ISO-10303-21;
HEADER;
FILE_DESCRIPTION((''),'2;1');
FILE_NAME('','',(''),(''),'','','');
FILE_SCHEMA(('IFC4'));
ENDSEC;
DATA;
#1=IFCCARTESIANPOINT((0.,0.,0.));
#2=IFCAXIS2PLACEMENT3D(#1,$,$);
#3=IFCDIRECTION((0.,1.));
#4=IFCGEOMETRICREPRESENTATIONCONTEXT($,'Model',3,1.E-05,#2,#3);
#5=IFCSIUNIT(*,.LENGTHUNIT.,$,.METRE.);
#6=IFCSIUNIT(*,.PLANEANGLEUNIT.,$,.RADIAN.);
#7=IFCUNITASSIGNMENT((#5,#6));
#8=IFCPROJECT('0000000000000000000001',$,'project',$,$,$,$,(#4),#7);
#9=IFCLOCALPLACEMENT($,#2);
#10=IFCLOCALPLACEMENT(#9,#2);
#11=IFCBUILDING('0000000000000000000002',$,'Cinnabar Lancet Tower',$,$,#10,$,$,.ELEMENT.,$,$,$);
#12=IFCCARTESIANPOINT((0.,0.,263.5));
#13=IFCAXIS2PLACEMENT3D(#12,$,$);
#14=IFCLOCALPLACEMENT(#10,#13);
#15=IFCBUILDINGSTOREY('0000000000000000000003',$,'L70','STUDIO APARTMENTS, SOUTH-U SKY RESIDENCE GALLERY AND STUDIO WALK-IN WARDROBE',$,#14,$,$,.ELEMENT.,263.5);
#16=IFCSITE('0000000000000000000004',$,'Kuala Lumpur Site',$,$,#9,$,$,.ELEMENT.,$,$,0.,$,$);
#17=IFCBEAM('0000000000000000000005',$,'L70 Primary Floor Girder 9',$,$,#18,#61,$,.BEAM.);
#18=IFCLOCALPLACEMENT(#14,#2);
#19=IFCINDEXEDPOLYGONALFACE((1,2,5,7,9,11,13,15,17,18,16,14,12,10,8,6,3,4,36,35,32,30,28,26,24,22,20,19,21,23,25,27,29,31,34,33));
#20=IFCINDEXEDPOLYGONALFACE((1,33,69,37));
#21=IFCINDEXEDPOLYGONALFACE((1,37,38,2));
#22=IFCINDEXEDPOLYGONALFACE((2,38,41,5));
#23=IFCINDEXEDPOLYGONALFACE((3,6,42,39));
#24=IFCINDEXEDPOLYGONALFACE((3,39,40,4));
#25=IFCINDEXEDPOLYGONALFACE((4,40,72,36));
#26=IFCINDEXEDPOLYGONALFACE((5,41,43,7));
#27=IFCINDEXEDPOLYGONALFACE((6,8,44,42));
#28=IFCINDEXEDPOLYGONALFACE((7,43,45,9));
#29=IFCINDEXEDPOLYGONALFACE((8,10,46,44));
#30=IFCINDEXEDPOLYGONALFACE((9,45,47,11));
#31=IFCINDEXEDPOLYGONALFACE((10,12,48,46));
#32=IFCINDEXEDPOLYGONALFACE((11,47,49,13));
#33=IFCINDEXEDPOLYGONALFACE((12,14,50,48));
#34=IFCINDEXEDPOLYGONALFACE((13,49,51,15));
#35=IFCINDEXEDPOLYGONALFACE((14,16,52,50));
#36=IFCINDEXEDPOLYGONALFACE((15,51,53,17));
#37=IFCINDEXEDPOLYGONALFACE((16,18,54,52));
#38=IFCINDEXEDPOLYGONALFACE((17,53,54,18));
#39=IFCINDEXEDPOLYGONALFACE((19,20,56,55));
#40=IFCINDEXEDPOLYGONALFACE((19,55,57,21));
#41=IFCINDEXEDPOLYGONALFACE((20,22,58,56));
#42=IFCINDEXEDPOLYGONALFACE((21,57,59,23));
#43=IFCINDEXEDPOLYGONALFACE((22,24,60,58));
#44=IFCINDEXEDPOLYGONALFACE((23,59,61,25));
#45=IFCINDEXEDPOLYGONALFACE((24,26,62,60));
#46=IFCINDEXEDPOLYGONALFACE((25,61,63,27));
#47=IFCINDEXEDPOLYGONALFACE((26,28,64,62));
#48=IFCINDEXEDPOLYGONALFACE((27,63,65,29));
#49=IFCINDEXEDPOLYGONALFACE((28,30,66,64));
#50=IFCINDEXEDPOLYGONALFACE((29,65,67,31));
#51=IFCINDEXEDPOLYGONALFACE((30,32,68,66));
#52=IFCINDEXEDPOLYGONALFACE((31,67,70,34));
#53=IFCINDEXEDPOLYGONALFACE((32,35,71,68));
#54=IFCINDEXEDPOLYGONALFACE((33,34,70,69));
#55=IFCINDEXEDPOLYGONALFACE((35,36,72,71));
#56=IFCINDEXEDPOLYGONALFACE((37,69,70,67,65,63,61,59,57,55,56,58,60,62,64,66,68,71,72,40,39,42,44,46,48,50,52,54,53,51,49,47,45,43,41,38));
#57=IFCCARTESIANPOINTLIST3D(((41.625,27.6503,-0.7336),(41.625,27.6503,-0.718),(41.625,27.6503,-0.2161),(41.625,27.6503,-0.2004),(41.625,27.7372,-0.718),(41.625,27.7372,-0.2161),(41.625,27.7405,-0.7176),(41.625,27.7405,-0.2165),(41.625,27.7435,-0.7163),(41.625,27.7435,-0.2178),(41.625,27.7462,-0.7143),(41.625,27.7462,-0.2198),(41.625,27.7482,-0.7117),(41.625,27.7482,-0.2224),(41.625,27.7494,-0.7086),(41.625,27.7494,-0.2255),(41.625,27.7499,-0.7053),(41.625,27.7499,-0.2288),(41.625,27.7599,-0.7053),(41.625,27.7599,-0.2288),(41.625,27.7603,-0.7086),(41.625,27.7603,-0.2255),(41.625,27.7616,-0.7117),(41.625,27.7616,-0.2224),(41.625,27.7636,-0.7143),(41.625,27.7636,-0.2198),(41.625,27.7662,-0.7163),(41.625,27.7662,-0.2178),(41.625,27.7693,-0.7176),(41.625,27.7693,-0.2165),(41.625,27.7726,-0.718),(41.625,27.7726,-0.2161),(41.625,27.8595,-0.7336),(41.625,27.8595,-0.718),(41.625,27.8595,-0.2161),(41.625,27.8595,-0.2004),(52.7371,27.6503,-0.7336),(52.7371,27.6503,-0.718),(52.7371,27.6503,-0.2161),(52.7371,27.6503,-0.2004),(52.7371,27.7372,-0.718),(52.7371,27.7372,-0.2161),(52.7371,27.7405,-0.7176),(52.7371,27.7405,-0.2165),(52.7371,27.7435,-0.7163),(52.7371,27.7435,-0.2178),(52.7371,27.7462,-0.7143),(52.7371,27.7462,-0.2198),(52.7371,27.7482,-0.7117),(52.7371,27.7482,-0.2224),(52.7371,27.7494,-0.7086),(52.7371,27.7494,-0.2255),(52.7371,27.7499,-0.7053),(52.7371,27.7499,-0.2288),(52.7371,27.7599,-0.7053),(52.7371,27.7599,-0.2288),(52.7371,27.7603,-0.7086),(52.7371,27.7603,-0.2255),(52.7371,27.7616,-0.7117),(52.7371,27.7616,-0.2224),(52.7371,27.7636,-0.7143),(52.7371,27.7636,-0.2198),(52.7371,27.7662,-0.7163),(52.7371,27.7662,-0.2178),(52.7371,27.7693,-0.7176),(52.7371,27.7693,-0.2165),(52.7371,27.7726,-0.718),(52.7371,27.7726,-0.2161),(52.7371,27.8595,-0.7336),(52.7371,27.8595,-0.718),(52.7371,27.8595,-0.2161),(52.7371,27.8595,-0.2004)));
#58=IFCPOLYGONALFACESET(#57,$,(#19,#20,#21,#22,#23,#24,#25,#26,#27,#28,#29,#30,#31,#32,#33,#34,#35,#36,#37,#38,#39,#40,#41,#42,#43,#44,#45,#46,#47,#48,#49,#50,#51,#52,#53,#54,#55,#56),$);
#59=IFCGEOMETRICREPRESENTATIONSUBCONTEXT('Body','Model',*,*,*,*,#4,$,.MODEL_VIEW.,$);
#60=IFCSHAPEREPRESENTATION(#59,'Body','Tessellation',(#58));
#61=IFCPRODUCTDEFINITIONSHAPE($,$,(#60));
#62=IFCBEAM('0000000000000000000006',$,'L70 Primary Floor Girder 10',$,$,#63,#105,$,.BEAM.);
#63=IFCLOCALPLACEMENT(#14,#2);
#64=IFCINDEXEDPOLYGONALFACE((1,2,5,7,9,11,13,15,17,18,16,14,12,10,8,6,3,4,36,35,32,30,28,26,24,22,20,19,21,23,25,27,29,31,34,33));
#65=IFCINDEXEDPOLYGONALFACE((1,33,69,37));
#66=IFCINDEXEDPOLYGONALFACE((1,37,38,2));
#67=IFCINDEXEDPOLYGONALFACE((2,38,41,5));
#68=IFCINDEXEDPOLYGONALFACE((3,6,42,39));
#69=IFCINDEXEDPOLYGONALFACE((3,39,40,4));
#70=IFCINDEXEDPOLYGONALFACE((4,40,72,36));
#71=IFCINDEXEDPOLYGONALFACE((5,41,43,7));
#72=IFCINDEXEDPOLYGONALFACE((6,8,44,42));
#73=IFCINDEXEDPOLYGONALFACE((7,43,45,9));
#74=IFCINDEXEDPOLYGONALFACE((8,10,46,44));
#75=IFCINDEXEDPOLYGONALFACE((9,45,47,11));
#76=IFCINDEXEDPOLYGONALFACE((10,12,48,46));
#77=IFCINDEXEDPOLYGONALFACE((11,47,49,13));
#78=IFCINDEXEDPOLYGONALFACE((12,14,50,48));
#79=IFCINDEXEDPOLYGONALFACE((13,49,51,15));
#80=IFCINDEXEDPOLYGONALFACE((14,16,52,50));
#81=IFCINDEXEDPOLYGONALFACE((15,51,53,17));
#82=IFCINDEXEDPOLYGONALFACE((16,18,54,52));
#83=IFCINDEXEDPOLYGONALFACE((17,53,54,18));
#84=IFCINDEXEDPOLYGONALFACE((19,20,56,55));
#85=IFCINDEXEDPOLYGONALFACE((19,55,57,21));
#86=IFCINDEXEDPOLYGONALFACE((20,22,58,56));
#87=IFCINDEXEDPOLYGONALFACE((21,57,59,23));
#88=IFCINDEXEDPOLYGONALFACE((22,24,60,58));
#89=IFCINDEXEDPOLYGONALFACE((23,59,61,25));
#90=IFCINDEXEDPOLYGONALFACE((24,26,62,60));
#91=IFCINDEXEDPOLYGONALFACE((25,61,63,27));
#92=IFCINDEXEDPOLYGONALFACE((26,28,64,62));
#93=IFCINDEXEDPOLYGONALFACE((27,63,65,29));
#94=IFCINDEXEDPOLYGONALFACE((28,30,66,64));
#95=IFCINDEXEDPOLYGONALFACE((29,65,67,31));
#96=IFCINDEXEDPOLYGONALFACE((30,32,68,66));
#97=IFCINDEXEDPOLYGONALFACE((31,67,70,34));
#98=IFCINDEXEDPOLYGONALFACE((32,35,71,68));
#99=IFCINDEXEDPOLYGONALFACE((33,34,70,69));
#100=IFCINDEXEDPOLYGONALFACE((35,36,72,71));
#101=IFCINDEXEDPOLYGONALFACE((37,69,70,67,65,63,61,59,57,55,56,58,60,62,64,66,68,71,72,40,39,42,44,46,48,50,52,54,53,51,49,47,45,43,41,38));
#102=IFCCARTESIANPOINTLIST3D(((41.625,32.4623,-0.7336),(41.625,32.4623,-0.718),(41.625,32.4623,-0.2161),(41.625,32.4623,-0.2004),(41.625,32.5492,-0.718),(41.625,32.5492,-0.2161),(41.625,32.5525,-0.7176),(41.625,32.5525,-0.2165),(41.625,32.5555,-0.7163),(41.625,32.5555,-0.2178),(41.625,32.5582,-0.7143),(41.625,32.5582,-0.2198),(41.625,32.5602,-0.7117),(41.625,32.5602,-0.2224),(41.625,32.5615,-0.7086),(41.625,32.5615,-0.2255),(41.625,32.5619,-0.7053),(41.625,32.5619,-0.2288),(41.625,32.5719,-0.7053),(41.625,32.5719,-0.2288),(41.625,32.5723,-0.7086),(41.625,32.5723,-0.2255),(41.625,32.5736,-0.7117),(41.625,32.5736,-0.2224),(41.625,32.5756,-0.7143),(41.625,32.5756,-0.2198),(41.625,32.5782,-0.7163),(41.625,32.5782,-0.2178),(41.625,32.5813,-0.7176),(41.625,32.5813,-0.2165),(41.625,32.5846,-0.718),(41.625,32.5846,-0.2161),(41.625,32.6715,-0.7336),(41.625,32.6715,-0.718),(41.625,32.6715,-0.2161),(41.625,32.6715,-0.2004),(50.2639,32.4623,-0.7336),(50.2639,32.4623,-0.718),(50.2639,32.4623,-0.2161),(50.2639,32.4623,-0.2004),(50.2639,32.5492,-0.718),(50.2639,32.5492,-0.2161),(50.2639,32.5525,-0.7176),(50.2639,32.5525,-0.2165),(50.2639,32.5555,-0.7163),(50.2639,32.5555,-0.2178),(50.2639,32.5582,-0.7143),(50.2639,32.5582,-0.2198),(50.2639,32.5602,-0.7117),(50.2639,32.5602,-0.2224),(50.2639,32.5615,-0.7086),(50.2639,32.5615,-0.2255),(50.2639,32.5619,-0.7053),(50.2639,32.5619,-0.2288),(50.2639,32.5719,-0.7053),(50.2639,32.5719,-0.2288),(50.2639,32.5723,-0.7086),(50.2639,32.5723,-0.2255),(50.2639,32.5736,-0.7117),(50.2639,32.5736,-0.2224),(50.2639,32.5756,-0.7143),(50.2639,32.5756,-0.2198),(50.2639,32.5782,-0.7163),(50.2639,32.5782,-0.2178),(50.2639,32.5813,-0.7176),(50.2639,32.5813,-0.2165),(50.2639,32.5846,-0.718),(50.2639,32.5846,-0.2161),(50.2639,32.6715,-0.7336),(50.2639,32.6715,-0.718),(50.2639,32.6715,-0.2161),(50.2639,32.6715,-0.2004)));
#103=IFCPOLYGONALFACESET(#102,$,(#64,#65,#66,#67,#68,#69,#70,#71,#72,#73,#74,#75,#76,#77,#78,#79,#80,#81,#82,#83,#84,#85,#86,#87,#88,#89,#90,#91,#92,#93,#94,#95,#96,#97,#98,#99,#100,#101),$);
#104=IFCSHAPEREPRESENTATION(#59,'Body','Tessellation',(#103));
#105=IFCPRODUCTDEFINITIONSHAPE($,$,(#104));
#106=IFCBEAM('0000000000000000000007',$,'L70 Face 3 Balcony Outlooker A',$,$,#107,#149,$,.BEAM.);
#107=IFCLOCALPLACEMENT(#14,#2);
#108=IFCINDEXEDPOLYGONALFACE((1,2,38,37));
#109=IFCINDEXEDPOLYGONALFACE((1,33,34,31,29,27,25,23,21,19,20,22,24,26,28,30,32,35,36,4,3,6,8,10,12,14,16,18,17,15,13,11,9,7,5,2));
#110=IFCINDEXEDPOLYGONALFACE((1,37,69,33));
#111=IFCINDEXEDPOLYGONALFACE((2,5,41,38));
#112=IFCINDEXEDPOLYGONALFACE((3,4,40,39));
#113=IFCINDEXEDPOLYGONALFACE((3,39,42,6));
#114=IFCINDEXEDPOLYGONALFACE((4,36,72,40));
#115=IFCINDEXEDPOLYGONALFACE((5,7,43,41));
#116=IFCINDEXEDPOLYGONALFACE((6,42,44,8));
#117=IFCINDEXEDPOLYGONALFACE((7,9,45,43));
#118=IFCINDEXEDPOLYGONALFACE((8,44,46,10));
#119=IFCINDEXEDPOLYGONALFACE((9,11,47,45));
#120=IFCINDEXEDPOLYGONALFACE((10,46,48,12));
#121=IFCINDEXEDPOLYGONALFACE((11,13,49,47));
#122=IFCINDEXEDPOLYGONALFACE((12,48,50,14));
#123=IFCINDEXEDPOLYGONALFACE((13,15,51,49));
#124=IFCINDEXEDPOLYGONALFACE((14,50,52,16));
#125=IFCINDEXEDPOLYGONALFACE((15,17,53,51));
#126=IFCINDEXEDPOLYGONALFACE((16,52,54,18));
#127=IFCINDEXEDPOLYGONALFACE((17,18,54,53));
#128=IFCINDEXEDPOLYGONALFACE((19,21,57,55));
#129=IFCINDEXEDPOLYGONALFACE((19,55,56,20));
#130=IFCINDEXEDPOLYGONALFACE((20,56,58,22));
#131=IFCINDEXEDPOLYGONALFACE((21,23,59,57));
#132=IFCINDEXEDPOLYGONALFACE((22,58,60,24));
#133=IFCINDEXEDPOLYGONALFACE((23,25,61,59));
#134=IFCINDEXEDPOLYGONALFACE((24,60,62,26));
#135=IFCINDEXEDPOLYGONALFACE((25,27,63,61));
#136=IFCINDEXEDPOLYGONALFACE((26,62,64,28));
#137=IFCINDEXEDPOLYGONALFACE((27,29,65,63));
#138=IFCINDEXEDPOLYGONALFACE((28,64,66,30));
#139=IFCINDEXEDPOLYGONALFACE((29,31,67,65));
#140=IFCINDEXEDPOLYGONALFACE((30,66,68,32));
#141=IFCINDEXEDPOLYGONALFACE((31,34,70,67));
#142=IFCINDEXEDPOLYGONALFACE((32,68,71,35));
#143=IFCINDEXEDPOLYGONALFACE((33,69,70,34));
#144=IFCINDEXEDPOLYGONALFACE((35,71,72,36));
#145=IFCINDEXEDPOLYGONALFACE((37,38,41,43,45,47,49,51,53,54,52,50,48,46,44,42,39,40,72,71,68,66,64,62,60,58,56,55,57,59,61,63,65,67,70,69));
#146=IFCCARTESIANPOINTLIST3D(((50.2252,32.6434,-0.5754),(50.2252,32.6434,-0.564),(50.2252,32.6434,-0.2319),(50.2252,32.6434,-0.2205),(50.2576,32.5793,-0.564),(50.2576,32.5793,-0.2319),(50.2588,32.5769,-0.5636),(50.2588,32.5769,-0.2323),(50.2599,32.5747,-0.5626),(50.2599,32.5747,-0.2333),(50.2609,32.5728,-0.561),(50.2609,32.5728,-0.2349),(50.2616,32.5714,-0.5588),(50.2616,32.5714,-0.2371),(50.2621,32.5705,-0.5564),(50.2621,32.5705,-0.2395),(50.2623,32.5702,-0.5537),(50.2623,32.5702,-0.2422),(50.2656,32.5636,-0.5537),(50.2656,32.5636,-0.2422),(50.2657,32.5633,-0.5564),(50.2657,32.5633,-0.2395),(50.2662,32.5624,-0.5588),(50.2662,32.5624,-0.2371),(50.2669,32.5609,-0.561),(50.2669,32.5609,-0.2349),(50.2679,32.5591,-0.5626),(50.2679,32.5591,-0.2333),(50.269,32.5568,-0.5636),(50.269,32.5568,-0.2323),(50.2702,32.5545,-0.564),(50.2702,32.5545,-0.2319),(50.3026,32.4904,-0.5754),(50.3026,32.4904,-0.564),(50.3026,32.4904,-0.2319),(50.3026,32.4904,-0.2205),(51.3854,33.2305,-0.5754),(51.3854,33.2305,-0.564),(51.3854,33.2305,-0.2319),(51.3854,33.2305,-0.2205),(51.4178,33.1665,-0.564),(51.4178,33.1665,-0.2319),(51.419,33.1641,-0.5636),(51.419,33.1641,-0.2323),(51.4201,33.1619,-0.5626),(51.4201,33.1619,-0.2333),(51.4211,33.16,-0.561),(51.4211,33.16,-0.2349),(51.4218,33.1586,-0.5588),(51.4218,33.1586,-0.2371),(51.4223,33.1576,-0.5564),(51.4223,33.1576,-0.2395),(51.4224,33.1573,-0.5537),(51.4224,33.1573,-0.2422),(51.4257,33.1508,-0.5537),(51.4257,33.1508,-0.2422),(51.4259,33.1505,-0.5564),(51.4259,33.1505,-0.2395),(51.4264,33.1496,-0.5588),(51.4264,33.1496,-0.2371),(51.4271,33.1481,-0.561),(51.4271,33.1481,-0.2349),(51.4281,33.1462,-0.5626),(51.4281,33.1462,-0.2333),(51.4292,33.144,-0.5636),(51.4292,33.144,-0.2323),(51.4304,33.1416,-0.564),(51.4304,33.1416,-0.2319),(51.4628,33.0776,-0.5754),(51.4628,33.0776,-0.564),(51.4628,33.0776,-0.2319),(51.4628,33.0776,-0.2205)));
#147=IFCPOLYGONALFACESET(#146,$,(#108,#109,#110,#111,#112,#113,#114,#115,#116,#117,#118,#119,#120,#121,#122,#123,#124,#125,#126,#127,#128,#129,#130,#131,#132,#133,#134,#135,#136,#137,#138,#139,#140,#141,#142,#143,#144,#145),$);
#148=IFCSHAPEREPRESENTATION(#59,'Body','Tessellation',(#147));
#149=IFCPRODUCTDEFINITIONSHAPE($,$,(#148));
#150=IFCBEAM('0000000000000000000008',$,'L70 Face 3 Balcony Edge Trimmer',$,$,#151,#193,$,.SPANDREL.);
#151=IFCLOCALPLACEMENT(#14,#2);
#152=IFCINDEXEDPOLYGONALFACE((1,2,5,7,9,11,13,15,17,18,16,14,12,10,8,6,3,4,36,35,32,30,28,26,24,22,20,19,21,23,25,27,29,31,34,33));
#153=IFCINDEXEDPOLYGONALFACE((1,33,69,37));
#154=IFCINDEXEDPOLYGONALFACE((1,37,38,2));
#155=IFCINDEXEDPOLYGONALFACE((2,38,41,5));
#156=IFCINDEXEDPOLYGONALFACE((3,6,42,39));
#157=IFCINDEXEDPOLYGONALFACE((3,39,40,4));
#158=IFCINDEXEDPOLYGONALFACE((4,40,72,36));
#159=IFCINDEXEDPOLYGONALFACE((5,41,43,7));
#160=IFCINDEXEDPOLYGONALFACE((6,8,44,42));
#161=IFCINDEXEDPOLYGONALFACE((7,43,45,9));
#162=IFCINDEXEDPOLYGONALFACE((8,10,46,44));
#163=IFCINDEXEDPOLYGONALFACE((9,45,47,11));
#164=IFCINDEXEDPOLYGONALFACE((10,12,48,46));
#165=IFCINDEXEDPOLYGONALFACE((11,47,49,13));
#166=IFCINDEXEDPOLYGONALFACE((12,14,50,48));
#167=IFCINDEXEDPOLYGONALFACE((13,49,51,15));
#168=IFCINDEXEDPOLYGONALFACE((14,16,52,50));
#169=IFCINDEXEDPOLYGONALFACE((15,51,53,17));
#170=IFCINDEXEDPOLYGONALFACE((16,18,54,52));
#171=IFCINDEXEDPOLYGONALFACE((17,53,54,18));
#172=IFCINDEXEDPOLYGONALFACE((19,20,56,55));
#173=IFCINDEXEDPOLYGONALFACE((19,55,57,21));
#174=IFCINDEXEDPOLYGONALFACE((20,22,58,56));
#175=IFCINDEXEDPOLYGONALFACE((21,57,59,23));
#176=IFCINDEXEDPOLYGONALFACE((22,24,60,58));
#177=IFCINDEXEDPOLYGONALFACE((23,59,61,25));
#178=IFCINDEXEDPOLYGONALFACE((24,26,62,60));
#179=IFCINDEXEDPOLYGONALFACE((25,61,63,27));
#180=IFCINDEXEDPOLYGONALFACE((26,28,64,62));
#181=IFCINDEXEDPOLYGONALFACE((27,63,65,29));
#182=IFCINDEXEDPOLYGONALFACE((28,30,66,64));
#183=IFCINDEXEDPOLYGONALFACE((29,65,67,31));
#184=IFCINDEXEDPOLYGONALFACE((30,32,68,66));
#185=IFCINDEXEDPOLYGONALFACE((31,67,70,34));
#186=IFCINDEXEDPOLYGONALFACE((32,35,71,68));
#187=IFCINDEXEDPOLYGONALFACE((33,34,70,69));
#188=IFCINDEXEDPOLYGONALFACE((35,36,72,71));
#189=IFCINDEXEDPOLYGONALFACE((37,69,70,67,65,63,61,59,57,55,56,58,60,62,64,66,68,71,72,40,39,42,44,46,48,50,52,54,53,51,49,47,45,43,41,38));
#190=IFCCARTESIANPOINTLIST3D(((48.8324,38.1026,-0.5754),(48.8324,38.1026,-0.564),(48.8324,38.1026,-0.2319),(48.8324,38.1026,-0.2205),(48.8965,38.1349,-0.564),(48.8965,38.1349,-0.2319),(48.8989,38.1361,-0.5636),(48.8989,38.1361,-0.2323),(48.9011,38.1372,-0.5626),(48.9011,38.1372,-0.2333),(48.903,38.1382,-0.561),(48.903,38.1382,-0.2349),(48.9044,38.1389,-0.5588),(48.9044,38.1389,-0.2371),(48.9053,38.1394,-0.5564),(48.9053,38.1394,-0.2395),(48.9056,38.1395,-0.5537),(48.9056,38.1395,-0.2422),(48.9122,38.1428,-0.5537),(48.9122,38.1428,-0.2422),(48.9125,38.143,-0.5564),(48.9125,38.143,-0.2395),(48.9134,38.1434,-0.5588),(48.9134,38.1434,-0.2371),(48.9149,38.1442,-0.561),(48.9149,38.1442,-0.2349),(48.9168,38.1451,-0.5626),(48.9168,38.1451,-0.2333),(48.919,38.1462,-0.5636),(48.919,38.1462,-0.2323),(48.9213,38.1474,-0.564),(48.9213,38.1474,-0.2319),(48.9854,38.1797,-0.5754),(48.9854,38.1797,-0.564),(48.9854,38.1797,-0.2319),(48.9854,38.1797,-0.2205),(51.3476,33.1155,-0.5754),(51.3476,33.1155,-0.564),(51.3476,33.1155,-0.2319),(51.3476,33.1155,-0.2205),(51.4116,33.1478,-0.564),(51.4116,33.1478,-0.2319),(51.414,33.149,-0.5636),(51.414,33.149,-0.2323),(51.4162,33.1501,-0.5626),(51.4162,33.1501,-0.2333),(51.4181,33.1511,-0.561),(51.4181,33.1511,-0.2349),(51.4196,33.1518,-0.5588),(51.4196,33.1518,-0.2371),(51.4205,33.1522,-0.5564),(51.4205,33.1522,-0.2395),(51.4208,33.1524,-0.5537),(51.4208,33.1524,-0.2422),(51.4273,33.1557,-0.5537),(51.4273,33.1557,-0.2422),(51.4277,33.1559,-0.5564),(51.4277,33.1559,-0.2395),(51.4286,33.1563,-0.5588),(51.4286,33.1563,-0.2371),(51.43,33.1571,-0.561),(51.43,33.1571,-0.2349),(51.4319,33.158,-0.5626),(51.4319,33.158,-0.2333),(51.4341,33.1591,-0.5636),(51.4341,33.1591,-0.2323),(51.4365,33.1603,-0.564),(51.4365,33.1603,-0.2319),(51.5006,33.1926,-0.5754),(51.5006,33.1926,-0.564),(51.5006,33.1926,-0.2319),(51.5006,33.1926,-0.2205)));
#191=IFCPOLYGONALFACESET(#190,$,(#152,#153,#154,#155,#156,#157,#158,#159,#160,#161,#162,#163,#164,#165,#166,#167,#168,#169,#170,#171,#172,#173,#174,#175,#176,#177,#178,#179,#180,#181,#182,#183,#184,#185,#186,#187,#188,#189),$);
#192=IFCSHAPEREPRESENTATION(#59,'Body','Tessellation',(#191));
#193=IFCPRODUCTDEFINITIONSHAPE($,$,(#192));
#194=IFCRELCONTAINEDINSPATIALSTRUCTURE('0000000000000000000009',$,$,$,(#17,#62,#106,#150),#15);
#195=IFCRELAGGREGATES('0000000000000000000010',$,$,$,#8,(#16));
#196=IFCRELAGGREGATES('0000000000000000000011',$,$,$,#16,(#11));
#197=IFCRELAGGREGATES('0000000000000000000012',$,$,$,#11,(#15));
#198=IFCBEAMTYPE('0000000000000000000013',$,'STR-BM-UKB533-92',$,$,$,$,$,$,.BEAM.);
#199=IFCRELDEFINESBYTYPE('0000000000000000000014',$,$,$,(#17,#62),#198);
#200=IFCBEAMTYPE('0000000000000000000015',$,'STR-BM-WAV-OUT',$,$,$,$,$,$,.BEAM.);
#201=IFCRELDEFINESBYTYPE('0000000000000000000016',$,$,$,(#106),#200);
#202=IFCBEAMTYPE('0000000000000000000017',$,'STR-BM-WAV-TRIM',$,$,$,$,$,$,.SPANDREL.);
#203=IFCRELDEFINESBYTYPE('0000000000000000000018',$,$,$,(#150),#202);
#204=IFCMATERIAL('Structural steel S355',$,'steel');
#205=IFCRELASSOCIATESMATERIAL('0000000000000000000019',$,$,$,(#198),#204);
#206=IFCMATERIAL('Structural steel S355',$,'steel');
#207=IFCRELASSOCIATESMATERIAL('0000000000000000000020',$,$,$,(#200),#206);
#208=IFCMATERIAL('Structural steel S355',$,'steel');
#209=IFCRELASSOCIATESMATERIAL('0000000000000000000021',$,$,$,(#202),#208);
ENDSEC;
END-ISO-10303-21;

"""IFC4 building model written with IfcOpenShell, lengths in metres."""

from ifc_helpers import new_model, si_unit, direction, frame, origin, origin_2d, place, context, subcontext, project, spatial, i_section, extrude, material, material_profile, profile_set, type_object, element, save


model = new_model("IFC4")

# Units and contexts
model_context = context("Model", 3, precision=1e-05, world=origin(), true_north=direction((0.0, 1.0)))
body_context = subcontext(model_context, "Body", "Model", "MODEL_VIEW")
ifc_project = project(units=[si_unit("LENGTHUNIT", "METRE"), si_unit("PLANEANGLEUNIT", "RADIAN")], contexts=[model_context])

# Site, building, storey
site_placement = place(None, origin())
site = spatial("IfcSite", under=ifc_project, at=site_placement, Name="Kuala Lumpur Site", CompositionType="ELEMENT", RefElevation=0.0)
building_placement = place(site_placement, origin())
building = spatial("IfcBuilding", under=site, at=building_placement, Name="Cinnabar Lancet Tower", CompositionType="ELEMENT")
storey_placement = place(building_placement, frame((0.0, 0.0, 263.5)))
storey = spatial("IfcBuildingStorey", under=building, at=storey_placement, Name="L70", Description="STUDIO APARTMENTS, SOUTH-U SKY RESIDENCE GALLERY AND STUDIO WALK-IN WARDROBE", CompositionType="ELEMENT", Elevation=263.5)

# Beams
ifc_material_1 = material(Name="Structural steel S355", Category="steel")
ifc_material_profile_1 = material_profile(ifc_material_1, i_section(OverallWidth=0.2092, OverallDepth=0.5332, WebThickness=0.01, FlangeThickness=0.0156, FilletRadius=0.0127, at=origin_2d()), Name="UKB 533x210x92")
ifc_profile_set_1 = profile_set([ifc_material_profile_1], Name="Structural steel S355")
beam_type_1 = type_object("IfcBeamType", Name="STR-BM-UKB533-92", PredefinedType="BEAM", material=ifc_profile_set_1)
beam_1_placement = place(storey_placement, frame((52.7371, 27.7549, -0.467), z_axis=(-1.0, 0.0, 0.0), x_axis=(0.0, -1.0, 0.0)))
element("IfcBeam", 1, at=beam_1_placement, inside=storey, type_object=beam_type_1, Name="L70 Primary Floor Girder 9", PredefinedType="BEAM", context=body_context, shape_type="SweptSolid", body=[
    extrude(i_section(OverallWidth=0.2092, OverallDepth=0.5332, WebThickness=0.01, FlangeThickness=0.0156, FilletRadius=0.0127, at=origin_2d()), origin(), (0.0, 0.0, 1.0), 11.1121),
])
beam_2_placement = place(storey_placement, frame((50.2639, 32.5669, -0.467), z_axis=(-1.0, 0.0, 0.0), x_axis=(0.0, -1.0, 0.0)))
element("IfcBeam", 2, at=beam_2_placement, inside=storey, type_object=beam_type_1, Name="L70 Primary Floor Girder 10", PredefinedType="BEAM", context=body_context, shape_type="SweptSolid", body=[
    extrude(i_section(OverallWidth=0.2092, OverallDepth=0.5332, WebThickness=0.01, FlangeThickness=0.0156, FilletRadius=0.0127, at=origin_2d()), origin(), (0.0, 0.0, 1.0), 8.6389),
])
ifc_material_2 = material(Name="Structural steel S355", Category="steel")
ifc_material_profile_2 = material_profile(ifc_material_2, i_section(OverallWidth=0.1714, OverallDepth=0.355, WebThickness=0.0073, FlangeThickness=0.0115, FilletRadius=0.0103, at=origin_2d()), Name="UKB 356x171x51")
ifc_profile_set_2 = profile_set([ifc_material_profile_2], Name="Structural steel S355")
beam_type_2 = type_object("IfcBeamType", Name="STR-BM-WAV-OUT", PredefinedType="BEAM", material=ifc_profile_set_2)
beam_3_placement = place(storey_placement, frame((50.2639, 32.5669, -0.3979), z_axis=(0.892239, 0.451564, 0.0), x_axis=(-0.451564, 0.892239, 0.0)))
element("IfcBeam", 3, at=beam_3_placement, inside=storey, type_object=beam_type_2, Name="L70 Face 3 Balcony Outlooker A", PredefinedType="BEAM", context=body_context, shape_type="SweptSolid", body=[
    extrude(i_section(OverallWidth=0.1714, OverallDepth=0.355, WebThickness=0.0073, FlangeThickness=0.0115, FilletRadius=0.0103, at=origin_2d()), origin(), (0.0, 0.0, 1.0), 1.3003),
])
ifc_material_3 = material(Name="Structural steel S355", Category="steel")
ifc_material_profile_3 = material_profile(ifc_material_3, i_section(OverallWidth=0.1714, OverallDepth=0.355, WebThickness=0.0073, FlangeThickness=0.0115, FilletRadius=0.0103, at=origin_2d()), Name="UKB 356x171x51")
ifc_profile_set_3 = profile_set([ifc_material_profile_3], Name="Structural steel S355")
beam_type_3 = type_object("IfcBeamType", Name="STR-BM-WAV-TRIM", PredefinedType="SPANDREL", material=ifc_profile_set_3)
beam_4_placement = place(storey_placement, frame((51.4241, 33.1541, -0.3979), z_axis=(-0.450306, 0.892874, 0.0), x_axis=(-0.892874, -0.450306, 0.0)))
element("IfcBeam", 4, at=beam_4_placement, inside=storey, type_object=beam_type_3, Name="L70 Face 3 Balcony Edge Trimmer", PredefinedType="SPANDREL", context=body_context, shape_type="SweptSolid", body=[
    extrude(i_section(OverallWidth=0.1714, OverallDepth=0.355, WebThickness=0.0073, FlangeThickness=0.0115, FilletRadius=0.0103, at=origin_2d()), origin(), (0.0, 0.0, 1.0), 5.5854),
])

save(model, "model.ifc")
